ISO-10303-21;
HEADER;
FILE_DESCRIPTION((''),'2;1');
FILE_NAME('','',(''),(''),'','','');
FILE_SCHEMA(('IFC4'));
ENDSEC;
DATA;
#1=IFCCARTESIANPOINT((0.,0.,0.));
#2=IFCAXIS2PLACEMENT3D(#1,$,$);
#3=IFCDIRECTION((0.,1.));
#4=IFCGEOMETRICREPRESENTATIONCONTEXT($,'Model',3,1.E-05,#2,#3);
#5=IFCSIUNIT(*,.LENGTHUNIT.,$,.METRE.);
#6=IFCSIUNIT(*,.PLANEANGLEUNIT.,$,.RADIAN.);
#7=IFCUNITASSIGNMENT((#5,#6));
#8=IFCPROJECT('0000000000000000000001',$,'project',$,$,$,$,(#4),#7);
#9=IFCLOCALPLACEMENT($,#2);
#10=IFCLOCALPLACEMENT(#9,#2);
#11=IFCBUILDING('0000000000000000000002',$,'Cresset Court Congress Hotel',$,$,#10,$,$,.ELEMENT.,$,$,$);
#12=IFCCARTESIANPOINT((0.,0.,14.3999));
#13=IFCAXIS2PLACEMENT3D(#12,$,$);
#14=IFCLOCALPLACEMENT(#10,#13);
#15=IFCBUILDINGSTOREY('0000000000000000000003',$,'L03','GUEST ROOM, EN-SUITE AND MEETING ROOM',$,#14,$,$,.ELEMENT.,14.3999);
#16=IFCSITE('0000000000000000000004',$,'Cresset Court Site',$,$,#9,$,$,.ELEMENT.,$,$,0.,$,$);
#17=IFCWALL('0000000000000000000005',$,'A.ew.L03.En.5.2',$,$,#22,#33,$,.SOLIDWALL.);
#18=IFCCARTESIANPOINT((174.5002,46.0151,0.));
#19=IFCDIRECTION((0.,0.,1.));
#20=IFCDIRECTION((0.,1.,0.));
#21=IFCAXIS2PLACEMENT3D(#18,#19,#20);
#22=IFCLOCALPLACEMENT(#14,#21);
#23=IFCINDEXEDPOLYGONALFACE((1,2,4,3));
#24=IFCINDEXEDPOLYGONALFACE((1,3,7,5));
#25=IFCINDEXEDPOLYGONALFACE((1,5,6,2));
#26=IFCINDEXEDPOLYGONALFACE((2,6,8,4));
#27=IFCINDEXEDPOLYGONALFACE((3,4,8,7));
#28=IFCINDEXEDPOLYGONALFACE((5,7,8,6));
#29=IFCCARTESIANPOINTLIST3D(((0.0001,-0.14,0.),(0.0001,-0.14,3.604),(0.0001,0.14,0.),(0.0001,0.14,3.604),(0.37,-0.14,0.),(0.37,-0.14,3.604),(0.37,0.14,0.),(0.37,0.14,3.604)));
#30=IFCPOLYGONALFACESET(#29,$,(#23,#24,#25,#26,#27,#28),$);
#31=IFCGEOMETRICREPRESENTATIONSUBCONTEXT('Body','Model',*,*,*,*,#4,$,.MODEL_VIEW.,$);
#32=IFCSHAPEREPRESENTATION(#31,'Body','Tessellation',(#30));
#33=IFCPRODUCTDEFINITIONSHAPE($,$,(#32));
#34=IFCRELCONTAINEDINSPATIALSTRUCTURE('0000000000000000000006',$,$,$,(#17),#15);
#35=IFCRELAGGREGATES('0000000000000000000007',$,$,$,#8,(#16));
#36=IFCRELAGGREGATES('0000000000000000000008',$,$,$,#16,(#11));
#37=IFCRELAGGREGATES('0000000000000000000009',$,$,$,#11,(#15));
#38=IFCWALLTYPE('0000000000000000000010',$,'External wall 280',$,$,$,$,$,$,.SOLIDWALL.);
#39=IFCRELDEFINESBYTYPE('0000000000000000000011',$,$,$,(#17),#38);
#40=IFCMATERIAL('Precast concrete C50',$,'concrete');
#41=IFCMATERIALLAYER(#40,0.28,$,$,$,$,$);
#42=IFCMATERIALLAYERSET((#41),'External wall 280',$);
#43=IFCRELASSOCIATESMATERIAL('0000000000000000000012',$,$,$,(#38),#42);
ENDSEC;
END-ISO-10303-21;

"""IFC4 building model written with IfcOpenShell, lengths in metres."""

from ifc_helpers import new_model, si_unit, direction, frame, frame_2d, origin, place, context, subcontext, project, spatial, rectangle, extrude, material, layer, layer_set, type_object, element, save


model = new_model("IFC4")

# Units and contexts
model_context = context("Model", 3, precision=1e-05, world=origin(), true_north=direction((0.0, 1.0)))
body_context = subcontext(model_context, "Body", "Model", "MODEL_VIEW")
ifc_project = project(units=[si_unit("LENGTHUNIT", "METRE"), si_unit("PLANEANGLEUNIT", "RADIAN")], contexts=[model_context])

# Site, building, storey
site_placement = place(None, origin())
site = spatial("IfcSite", under=ifc_project, at=site_placement, Name="Cresset Court Site", CompositionType="ELEMENT", RefElevation=0.0)
building_placement = place(site_placement, origin())
building = spatial("IfcBuilding", under=site, at=building_placement, Name="Cresset Court Congress Hotel", CompositionType="ELEMENT")
storey_placement = place(building_placement, frame((0.0, 0.0, 14.3999)))
storey = spatial("IfcBuildingStorey", under=building, at=storey_placement, Name="L03", Description="GUEST ROOM, EN-SUITE AND MEETING ROOM", CompositionType="ELEMENT", Elevation=14.3999)

# Shared definitions
ifc_material_1 = material(Name="Precast concrete C50", Category="concrete")
ifc_layer_1 = layer(ifc_material_1, 0.28)
ifc_layer_set_1 = layer_set([ifc_layer_1], Name="External wall 280")
wall_type_1 = type_object("IfcWallType", Name="External wall 280", PredefinedType="SOLIDWALL", material=ifc_layer_set_1)

# Wall
wall_1_placement = place(storey_placement, frame((174.5002, 46.0151, 0.0), z_axis=(0.0, 0.0, 1.0), x_axis=(0.0, 1.0, 0.0)))
element("IfcWall", 1, at=wall_1_placement, inside=storey, type_object=wall_type_1, Name="A.ew.L03.En.5.2", PredefinedType="SOLIDWALL", context=body_context, shape_type="SweptSolid", body=[
    extrude(rectangle(XDim=0.3699, YDim=0.28, at=frame_2d((0.1851, 0.0))), origin(), (0.0, 0.0, 1.0), 3.604),
])

save(model, "model.ifc")
